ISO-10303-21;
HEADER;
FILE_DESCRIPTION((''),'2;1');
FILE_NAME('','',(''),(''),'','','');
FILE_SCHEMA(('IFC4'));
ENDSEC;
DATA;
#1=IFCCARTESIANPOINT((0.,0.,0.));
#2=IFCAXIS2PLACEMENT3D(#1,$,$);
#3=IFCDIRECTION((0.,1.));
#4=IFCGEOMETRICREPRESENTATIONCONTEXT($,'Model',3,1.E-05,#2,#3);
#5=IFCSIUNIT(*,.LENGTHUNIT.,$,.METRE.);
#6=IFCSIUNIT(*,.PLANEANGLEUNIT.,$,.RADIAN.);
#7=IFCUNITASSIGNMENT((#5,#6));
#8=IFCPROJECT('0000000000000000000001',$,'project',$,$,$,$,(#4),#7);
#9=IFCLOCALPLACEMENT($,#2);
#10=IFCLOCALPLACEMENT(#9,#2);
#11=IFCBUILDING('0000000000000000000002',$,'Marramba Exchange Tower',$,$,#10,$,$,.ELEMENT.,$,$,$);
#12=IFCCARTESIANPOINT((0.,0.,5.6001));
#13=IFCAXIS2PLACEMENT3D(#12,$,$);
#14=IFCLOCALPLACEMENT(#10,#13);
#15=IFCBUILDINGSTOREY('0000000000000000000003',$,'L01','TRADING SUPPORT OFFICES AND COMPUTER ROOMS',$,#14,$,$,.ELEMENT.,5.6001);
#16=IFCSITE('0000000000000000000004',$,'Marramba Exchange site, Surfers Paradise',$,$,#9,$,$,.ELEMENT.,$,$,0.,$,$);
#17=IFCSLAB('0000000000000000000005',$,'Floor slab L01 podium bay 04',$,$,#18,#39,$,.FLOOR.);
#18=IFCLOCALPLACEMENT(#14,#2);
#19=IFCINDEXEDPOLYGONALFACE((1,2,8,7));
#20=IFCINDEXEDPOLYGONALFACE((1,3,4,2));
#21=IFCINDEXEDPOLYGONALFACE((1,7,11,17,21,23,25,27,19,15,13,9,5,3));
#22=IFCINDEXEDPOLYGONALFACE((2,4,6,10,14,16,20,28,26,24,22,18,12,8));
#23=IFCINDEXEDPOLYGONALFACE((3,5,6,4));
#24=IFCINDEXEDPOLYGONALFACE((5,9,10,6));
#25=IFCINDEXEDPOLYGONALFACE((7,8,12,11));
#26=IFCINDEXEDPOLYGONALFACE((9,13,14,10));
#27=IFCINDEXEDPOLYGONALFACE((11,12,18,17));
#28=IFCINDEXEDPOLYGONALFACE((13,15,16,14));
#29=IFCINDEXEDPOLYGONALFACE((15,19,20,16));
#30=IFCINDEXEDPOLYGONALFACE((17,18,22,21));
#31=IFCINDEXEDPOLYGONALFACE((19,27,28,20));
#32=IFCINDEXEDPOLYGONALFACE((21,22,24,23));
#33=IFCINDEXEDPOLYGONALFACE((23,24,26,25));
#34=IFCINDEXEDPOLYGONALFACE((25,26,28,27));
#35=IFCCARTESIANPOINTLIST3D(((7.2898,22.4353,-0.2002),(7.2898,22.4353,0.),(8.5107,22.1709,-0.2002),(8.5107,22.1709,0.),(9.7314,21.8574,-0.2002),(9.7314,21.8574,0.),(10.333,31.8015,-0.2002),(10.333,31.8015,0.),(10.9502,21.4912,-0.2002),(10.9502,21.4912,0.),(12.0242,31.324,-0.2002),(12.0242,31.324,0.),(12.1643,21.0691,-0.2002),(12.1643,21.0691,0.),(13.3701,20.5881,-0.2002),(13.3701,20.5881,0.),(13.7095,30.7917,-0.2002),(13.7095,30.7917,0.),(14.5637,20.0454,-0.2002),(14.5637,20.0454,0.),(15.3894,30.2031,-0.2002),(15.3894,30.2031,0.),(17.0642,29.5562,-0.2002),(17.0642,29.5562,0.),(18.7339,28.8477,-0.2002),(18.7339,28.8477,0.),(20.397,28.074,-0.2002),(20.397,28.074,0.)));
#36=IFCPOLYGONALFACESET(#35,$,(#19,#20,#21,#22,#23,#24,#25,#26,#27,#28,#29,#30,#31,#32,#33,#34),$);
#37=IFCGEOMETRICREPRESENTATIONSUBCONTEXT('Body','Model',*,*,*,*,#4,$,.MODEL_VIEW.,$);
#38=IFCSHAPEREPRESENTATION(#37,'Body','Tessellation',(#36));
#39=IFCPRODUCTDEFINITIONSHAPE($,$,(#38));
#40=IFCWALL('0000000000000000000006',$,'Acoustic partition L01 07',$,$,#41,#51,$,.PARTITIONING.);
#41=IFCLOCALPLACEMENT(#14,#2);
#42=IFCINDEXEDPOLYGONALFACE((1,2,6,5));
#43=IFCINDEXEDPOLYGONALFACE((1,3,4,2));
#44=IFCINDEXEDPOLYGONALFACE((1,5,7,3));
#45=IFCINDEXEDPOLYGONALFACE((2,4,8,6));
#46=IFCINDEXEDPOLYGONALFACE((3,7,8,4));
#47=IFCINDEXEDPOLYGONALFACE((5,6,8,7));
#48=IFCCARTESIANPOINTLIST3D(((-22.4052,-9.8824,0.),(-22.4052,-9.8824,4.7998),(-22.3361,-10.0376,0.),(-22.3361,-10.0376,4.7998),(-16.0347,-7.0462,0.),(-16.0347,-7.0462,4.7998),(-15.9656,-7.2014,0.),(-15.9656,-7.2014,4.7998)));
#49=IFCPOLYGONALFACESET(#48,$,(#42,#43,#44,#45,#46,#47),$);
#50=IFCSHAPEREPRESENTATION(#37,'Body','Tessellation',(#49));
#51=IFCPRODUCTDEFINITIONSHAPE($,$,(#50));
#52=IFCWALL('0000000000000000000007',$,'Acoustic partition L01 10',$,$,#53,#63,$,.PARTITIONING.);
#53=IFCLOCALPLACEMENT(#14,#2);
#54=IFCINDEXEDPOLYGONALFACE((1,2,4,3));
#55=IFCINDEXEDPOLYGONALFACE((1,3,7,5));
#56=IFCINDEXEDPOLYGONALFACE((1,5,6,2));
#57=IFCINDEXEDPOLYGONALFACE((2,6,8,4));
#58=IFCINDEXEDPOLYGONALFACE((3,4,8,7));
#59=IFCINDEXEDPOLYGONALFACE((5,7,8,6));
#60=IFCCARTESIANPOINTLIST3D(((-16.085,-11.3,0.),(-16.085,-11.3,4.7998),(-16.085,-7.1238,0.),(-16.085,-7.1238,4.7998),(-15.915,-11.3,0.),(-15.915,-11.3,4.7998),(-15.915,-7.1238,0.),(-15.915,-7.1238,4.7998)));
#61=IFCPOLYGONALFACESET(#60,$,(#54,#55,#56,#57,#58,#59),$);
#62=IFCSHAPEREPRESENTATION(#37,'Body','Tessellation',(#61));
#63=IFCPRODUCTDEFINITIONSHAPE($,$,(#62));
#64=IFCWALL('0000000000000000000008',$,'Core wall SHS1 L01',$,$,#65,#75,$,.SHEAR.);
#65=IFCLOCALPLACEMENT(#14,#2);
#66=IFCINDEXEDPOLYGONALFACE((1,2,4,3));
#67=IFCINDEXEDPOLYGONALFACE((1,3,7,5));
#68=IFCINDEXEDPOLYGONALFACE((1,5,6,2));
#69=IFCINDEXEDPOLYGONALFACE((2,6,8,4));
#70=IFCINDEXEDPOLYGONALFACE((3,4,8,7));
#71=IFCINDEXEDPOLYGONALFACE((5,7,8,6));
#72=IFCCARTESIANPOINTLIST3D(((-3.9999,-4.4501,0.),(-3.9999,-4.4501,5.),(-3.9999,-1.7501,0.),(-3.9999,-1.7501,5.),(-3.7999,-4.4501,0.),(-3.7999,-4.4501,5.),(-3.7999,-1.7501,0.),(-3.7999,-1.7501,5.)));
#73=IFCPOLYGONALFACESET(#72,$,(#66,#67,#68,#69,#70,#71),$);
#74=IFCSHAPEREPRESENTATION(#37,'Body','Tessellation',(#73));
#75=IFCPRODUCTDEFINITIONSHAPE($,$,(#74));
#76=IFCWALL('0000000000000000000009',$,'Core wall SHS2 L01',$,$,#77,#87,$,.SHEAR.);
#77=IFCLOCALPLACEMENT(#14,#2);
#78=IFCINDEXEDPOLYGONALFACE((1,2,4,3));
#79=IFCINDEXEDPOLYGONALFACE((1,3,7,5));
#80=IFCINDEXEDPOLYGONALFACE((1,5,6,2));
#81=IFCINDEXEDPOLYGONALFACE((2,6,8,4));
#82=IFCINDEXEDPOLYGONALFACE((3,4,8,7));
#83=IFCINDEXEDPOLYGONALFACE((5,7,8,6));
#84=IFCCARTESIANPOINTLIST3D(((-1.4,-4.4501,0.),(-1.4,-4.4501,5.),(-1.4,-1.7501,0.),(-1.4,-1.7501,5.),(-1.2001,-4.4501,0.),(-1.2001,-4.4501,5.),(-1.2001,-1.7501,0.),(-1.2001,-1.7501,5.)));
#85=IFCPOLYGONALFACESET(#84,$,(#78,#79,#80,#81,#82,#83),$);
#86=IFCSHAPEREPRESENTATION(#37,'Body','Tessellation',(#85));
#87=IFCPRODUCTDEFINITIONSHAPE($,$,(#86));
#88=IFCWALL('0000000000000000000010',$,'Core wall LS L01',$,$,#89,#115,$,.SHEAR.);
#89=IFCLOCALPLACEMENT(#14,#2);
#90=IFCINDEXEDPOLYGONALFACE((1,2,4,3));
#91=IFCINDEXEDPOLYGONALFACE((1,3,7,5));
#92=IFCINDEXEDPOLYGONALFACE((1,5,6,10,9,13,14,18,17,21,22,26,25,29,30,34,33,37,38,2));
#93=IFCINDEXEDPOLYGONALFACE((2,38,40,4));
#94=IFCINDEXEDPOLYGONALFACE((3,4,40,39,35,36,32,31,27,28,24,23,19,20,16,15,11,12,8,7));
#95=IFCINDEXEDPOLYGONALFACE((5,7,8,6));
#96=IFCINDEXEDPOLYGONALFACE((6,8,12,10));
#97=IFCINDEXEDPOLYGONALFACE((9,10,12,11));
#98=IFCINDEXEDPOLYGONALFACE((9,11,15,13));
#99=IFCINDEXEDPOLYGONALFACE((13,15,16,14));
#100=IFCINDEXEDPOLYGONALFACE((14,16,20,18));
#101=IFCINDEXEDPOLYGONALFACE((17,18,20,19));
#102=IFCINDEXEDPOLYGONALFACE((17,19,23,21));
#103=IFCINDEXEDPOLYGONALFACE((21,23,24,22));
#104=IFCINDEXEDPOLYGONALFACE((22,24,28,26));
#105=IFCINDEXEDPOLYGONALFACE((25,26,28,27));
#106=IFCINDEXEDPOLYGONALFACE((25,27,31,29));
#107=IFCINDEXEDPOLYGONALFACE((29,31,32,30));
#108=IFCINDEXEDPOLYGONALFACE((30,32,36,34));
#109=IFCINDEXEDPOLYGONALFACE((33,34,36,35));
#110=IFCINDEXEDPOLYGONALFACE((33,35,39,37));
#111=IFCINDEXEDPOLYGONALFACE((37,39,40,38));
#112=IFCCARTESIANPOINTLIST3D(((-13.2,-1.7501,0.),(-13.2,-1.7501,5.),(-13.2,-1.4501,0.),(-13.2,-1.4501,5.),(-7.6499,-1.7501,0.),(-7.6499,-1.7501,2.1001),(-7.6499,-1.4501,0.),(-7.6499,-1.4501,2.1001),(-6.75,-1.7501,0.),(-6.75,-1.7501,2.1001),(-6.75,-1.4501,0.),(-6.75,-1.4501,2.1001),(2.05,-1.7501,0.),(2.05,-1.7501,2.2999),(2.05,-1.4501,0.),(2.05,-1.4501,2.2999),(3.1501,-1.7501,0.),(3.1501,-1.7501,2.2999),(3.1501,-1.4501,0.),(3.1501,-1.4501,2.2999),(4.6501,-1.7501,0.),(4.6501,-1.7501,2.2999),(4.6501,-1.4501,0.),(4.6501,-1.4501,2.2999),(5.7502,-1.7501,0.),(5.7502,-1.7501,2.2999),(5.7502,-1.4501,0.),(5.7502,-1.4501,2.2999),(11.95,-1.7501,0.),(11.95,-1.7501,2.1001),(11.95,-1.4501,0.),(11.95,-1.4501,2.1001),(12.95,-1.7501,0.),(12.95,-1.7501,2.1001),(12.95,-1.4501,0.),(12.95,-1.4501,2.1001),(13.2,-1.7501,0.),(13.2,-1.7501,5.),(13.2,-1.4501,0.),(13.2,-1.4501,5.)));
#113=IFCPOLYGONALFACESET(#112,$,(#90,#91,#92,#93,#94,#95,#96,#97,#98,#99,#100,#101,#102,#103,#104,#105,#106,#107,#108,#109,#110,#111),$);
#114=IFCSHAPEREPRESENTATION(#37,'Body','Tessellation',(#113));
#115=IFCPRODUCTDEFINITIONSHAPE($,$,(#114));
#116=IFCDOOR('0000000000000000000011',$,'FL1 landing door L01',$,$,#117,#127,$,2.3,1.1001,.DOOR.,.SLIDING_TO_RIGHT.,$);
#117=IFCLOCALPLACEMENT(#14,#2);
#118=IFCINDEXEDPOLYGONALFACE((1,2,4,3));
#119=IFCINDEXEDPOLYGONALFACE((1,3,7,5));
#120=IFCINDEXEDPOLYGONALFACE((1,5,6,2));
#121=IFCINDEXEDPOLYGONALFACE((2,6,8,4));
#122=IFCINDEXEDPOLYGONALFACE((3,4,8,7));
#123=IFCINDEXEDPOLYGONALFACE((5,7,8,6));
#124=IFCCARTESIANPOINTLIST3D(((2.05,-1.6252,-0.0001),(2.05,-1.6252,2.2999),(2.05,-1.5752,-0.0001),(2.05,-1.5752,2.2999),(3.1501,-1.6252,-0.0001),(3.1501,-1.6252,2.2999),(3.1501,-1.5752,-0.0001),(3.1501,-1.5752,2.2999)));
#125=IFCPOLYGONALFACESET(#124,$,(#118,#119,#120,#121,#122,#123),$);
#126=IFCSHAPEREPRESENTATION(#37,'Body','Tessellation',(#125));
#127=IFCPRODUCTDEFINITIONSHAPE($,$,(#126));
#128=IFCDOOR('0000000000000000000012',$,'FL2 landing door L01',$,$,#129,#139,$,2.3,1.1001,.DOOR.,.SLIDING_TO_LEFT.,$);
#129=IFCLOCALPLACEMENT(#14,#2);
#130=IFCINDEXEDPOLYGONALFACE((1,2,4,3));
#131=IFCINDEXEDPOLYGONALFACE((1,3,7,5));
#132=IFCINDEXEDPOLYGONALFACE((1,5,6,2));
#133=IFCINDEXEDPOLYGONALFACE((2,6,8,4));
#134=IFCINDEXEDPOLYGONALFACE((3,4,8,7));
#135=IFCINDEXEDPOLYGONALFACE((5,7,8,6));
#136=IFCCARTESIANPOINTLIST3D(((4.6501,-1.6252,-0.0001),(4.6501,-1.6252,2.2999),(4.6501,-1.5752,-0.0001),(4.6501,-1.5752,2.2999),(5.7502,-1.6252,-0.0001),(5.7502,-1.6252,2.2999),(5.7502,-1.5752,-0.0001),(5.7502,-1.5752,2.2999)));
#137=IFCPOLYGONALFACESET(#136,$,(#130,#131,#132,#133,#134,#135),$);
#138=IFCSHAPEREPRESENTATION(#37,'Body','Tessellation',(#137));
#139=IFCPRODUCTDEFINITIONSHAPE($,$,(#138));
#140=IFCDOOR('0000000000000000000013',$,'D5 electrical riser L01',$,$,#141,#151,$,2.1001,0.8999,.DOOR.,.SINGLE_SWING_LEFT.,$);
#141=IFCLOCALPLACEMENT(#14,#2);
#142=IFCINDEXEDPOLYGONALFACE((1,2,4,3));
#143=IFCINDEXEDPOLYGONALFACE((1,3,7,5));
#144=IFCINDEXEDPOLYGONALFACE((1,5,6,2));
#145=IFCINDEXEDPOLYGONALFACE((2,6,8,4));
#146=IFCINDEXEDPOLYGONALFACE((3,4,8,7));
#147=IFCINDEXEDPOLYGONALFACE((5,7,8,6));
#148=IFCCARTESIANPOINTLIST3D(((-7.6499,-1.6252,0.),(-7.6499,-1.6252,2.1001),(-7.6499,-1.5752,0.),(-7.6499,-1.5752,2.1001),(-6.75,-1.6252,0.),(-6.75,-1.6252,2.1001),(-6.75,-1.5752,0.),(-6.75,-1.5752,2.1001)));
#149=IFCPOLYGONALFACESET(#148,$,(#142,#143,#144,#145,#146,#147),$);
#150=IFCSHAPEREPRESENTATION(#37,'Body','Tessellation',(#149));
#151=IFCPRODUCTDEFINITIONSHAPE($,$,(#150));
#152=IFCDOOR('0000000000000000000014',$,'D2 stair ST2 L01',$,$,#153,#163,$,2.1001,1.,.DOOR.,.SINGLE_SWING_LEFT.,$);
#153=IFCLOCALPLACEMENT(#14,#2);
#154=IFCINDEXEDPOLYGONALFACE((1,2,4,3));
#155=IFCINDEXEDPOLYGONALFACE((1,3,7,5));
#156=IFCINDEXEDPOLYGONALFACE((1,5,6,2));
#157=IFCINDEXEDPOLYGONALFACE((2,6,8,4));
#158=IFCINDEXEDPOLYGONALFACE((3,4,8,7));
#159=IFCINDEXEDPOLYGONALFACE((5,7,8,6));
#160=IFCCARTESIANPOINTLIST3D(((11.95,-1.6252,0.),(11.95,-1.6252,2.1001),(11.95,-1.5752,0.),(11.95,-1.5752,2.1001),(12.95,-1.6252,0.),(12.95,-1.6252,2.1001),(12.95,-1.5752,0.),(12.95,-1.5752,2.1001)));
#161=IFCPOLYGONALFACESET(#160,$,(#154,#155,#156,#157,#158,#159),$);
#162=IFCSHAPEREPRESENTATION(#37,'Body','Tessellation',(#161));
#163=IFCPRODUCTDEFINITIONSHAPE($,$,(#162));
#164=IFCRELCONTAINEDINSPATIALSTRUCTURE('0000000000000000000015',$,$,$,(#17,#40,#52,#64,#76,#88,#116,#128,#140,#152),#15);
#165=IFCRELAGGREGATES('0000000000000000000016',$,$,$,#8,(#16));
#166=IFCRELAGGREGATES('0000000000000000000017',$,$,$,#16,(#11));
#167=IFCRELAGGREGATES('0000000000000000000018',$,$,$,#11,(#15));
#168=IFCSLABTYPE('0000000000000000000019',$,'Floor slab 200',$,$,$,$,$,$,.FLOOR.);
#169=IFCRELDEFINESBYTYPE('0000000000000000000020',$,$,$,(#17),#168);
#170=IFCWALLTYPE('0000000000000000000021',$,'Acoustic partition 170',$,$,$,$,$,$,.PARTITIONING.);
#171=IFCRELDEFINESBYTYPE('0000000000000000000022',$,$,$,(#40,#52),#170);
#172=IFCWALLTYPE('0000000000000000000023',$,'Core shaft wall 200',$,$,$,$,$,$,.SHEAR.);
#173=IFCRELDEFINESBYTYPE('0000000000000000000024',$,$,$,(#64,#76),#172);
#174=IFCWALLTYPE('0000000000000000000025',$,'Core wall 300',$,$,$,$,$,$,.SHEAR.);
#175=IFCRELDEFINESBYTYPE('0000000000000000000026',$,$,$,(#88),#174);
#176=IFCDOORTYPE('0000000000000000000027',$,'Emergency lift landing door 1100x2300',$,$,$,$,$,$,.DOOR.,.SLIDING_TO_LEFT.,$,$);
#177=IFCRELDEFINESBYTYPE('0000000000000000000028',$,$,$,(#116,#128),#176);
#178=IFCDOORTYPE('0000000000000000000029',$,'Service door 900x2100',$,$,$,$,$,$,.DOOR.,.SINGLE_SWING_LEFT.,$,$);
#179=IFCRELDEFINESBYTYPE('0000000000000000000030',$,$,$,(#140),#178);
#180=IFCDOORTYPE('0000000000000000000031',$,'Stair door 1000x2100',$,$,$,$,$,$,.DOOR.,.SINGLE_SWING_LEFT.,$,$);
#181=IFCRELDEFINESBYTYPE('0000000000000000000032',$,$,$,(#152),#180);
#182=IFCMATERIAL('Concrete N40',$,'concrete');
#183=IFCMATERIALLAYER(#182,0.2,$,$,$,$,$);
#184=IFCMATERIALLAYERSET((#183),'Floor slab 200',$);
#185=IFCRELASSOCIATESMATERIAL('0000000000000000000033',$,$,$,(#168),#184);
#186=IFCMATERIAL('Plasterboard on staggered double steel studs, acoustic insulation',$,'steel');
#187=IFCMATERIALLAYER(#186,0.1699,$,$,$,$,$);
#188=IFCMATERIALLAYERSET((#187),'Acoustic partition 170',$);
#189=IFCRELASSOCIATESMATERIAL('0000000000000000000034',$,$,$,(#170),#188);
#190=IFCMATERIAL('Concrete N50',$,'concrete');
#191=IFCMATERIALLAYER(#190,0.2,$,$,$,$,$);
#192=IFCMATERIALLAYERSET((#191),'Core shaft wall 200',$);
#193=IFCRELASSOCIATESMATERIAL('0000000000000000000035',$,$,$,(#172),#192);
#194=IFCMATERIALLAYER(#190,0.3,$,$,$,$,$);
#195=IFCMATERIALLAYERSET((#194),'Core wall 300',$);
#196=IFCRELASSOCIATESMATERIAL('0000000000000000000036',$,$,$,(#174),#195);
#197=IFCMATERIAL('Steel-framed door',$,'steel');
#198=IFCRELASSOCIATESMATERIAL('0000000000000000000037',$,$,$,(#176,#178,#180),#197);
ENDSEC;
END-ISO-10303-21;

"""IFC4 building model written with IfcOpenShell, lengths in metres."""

from ifc_helpers import new_model, si_unit, direction, frame, frame_2d, origin, place, context, subcontext, project, spatial, polyline, rectangle, outline, extrude, material, layer, layer_set, type_object, element, fill, save


model = new_model("IFC4")

# Units and contexts
model_context = context("Model", 3, precision=1e-05, world=origin(), true_north=direction((0.0, 1.0)))
body_context = subcontext(model_context, "Body", "Model", "MODEL_VIEW")
ifc_project = project(units=[si_unit("LENGTHUNIT", "METRE"), si_unit("PLANEANGLEUNIT", "RADIAN")], contexts=[model_context])

# Site, building, storey
site_placement = place(None, origin())
site = spatial("IfcSite", under=ifc_project, at=site_placement, Name="Marramba Exchange site, Surfers Paradise", CompositionType="ELEMENT", RefElevation=0.0)
building_placement = place(site_placement, origin())
building = spatial("IfcBuilding", under=site, at=building_placement, Name="Marramba Exchange Tower", CompositionType="ELEMENT")
storey_placement = place(building_placement, frame((0.0, 0.0, 5.6001)))
storey = spatial("IfcBuildingStorey", under=building, at=storey_placement, Name="L01", Description="TRADING SUPPORT OFFICES AND COMPUTER ROOMS", CompositionType="ELEMENT", Elevation=5.6001)

# Slab
ifc_material_1 = material(Name="Concrete N40", Category="concrete")
ifc_layer_1 = layer(ifc_material_1, 0.2)
ifc_layer_set_1 = layer_set([ifc_layer_1], Name="Floor slab 200")
slab_type = type_object("IfcSlabType", Name="Floor slab 200", PredefinedType="FLOOR", material=ifc_layer_set_1)
slab_1_placement = place(storey_placement, frame((0.0, 0.0, -0.2002)))
element("IfcSlab", 1, at=slab_1_placement, inside=storey, type_object=slab_type, Name="Floor slab L01 podium bay 04", PredefinedType="FLOOR", context=body_context, shape_type="SweptSolid", body=[
    extrude(outline(polyline([(12.0242, 31.324), (13.7095, 30.7917), (15.3894, 30.2031), (17.0642, 29.5562), (18.7339, 28.8477), (20.397, 28.074), (14.5637, 20.0454), (13.3701, 20.5881), (12.1643, 21.0691), (10.9502, 21.4912), (9.7314, 21.8574), (8.5107, 22.1709), (7.2898, 22.4353), (10.333, 31.8015), (12.0242, 31.324)])), origin(), (0.0, 0.0, 1.0), 0.2002),
])

# Walls
ifc_material_2 = material(Name="Plasterboard on staggered double steel studs, acoustic insulation", Category="steel")
ifc_layer_2 = layer(ifc_material_2, 0.1699)
ifc_layer_set_2 = layer_set([ifc_layer_2], Name="Acoustic partition 170")
wall_type_1 = type_object("IfcWallType", Name="Acoustic partition 170", PredefinedType="PARTITIONING", material=ifc_layer_set_2)
wall_1_placement = place(storey_placement, frame((-16.0, -7.1238, 0.0), z_axis=(0.0, 0.0, 1.0), x_axis=(-0.913556, -0.406713, 0.0)))
element("IfcWall", 2, at=wall_1_placement, inside=storey, type_object=wall_type_1, Name="Acoustic partition L01 07", PredefinedType="PARTITIONING", context=body_context, shape_type="SweptSolid", body=[
    extrude(rectangle(XDim=6.9734, YDim=0.1699, at=frame_2d((3.4868, 0.0))), origin(), (0.0, 0.0, 1.0), 4.7998),
])
wall_2_placement = place(storey_placement, frame((-16.0, -7.1238, 0.0), z_axis=(0.0, 0.0, 1.0), x_axis=(0.0, -1.0, 0.0)))
element("IfcWall", 3, at=wall_2_placement, inside=storey, type_object=wall_type_1, Name="Acoustic partition L01 10", PredefinedType="PARTITIONING", context=body_context, shape_type="SweptSolid", body=[
    extrude(rectangle(XDim=4.1763, YDim=0.1699, at=frame_2d((2.0881, 0.0))), origin(), (0.0, 0.0, 1.0), 4.7998),
])
ifc_material_3 = material(Name="Concrete N50", Category="concrete")
ifc_layer_3 = layer(ifc_material_3, 0.2)
ifc_layer_set_3 = layer_set([ifc_layer_3], Name="Core shaft wall 200")
wall_type_2 = type_object("IfcWallType", Name="Core shaft wall 200", PredefinedType="SHEAR", material=ifc_layer_set_3)
for number, where, z_axis, x_axis, name in (
    (4, (-3.8999, -1.75, 0.0), (0.0, 0.0, 1.0), (0.0, -1.0, 0.0), "Core wall SHS1 L01"),
    (5, (-1.3, -1.75, 0.0), (0.0, 0.0, 1.0), (0.0, -1.0, 0.0), "Core wall SHS2 L01"),
):
    element("IfcWall", number, at=place(storey_placement, frame(where, z_axis=z_axis, x_axis=x_axis)), inside=storey, type_object=wall_type_2, Name=name, PredefinedType="SHEAR", context=body_context, shape_type="SweptSolid", body=[
        extrude(rectangle(XDim=2.7, YDim=0.2, at=frame_2d((1.3501, 0.0))), origin(), (0.0, 0.0, 1.0), 5.0),
    ])

# Wall, openings, doors
ifc_layer_4 = layer(ifc_material_3, 0.3)
ifc_layer_set_4 = layer_set([ifc_layer_4], Name="Core wall 300")
wall_type_3 = type_object("IfcWallType", Name="Core wall 300", PredefinedType="SHEAR", material=ifc_layer_set_4)
wall_3_placement = place(storey_placement, frame((-13.2, -1.6001, 0.0), z_axis=(0.0, 0.0, 1.0), x_axis=(1.0, 0.0, 0.0)))
wall_3 = element("IfcWall", 6, at=wall_3_placement, inside=storey, type_object=wall_type_3, Name="Core wall LS L01", PredefinedType="SHEAR", context=body_context, shape_type="SweptSolid", body=[
    extrude(rectangle(XDim=26.3999, YDim=0.3, at=frame_2d((13.2, 0.0))), origin(), (0.0, 0.0, 1.0), 5.0),
])
opening_1_placement = place(wall_3_placement, frame((25.1499, 0.0, 0.0)))
opening_1 = element("IfcOpeningElement", 7, at=opening_1_placement, cuts=wall_3, PredefinedType="OPENING", context=body_context, shape_type="SweptSolid", body=[
    extrude(rectangle(XDim=1.0, YDim=2.1001, at=frame_2d((0.5, 1.05))), frame((0.0, 0.1599, 0.0), z_axis=(0.0, -1.0, 0.0), x_axis=(1.0, 0.0, 0.0)), (0.0, 0.0, 1.0), 0.3201),
])
opening_2_placement = place(wall_3_placement, frame((15.25, 0.0, 0.0)))
opening_2 = element("IfcOpeningElement", 8, at=opening_2_placement, cuts=wall_3, PredefinedType="OPENING", context=body_context, shape_type="SweptSolid", body=[
    extrude(rectangle(XDim=1.1001, YDim=2.3, at=frame_2d((0.55, 1.1499))), frame((0.0, 0.1599, 0.0), z_axis=(0.0, -1.0, 0.0), x_axis=(1.0, 0.0, 0.0)), (0.0, 0.0, 1.0), 0.3201),
])
opening_3_placement = place(wall_3_placement, frame((17.8501, 0.0, 0.0)))
opening_3 = element("IfcOpeningElement", 9, at=opening_3_placement, cuts=wall_3, PredefinedType="OPENING", context=body_context, shape_type="SweptSolid", body=[
    extrude(rectangle(XDim=1.1001, YDim=2.3, at=frame_2d((0.55, 1.1499))), frame((0.0, 0.1599, 0.0), z_axis=(0.0, -1.0, 0.0), x_axis=(1.0, 0.0, 0.0)), (0.0, 0.0, 1.0), 0.3201),
])
opening_4_placement = place(wall_3_placement, frame((5.55, 0.0, 0.0)))
opening_4 = element("IfcOpeningElement", 10, at=opening_4_placement, cuts=wall_3, PredefinedType="OPENING", context=body_context, shape_type="SweptSolid", body=[
    extrude(rectangle(XDim=0.8999, YDim=2.1001, at=frame_2d((0.45, 1.05))), frame((0.0, 0.1599, 0.0), z_axis=(0.0, -1.0, 0.0), x_axis=(1.0, 0.0, 0.0)), (0.0, 0.0, 1.0), 0.3201),
])
ifc_material_4 = material(Name="Steel-framed door", Category="steel")
door_type_1 = type_object("IfcDoorType", Name="Emergency lift landing door 1100x2300", OperationType="SLIDING_TO_LEFT", PredefinedType="DOOR", material=ifc_material_4)
door_1_placement = place(opening_2_placement, frame((1.1001, 0.0, 0.0), z_axis=(0.0, 0.0, 1.0), x_axis=(-1.0, 0.0, 0.0)))
door_1 = element("IfcDoor", 11, at=door_1_placement, inside=storey, type_object=door_type_1, Name="FL1 landing door L01", OperationType="SLIDING_TO_RIGHT", OverallHeight=2.3, OverallWidth=1.1001, PredefinedType="DOOR", context=body_context, shape_type="SweptSolid", body=[
    extrude(rectangle(XDim=1.1001, YDim=2.3, at=frame_2d((0.55, 1.1499))), frame((0.0, 0.0251, 0.0), z_axis=(0.0, -1.0, 0.0), x_axis=(1.0, 0.0, 0.0)), (0.0, 0.0, 1.0), 0.05),
])
fill(opening_2, door_1)
door_2_placement = place(opening_3_placement, frame((1.1001, 0.0, 0.0), z_axis=(0.0, 0.0, 1.0), x_axis=(-1.0, 0.0, 0.0)))
door_2 = element("IfcDoor", 12, at=door_2_placement, inside=storey, type_object=door_type_1, Name="FL2 landing door L01", OperationType="SLIDING_TO_LEFT", OverallHeight=2.3, OverallWidth=1.1001, PredefinedType="DOOR", context=body_context, shape_type="SweptSolid", body=[
    extrude(rectangle(XDim=1.1001, YDim=2.3, at=frame_2d((0.55, 1.1499))), frame((0.0, 0.0251, 0.0), z_axis=(0.0, -1.0, 0.0), x_axis=(1.0, 0.0, 0.0)), (0.0, 0.0, 1.0), 0.05),
])
fill(opening_3, door_2)
door_type_2 = type_object("IfcDoorType", Name="Service door 900x2100", OperationType="SINGLE_SWING_LEFT", PredefinedType="DOOR", material=ifc_material_4)
door_3_placement = place(opening_4_placement, frame((0.8999, 0.0, 0.0), z_axis=(0.0, 0.0, 1.0), x_axis=(-1.0, 0.0, 0.0)))
door_3 = element("IfcDoor", 13, at=door_3_placement, inside=storey, type_object=door_type_2, Name="D5 electrical riser L01", OperationType="SINGLE_SWING_LEFT", OverallHeight=2.1001, OverallWidth=0.8999, PredefinedType="DOOR", context=body_context, shape_type="SweptSolid", body=[
    extrude(rectangle(XDim=0.8999, YDim=2.1001, at=frame_2d((0.45, 1.05))), frame((0.0, 0.0251, 0.0), z_axis=(0.0, -1.0, 0.0), x_axis=(1.0, 0.0, 0.0)), (0.0, 0.0, 1.0), 0.05),
])
fill(opening_4, door_3)
door_type_3 = type_object("IfcDoorType", Name="Stair door 1000x2100", OperationType="SINGLE_SWING_LEFT", PredefinedType="DOOR", material=ifc_material_4)
door_4_placement = place(opening_1_placement, frame((1.0, 0.0, 0.0), z_axis=(0.0, 0.0, 1.0), x_axis=(-1.0, 0.0, 0.0)))
door_4 = element("IfcDoor", 14, at=door_4_placement, inside=storey, type_object=door_type_3, Name="D2 stair ST2 L01", OperationType="SINGLE_SWING_LEFT", OverallHeight=2.1001, OverallWidth=1.0, PredefinedType="DOOR", context=body_context, shape_type="SweptSolid", body=[
    extrude(rectangle(XDim=1.0, YDim=2.1001, at=frame_2d((0.5, 1.05))), frame((0.0, 0.0251, 0.0), z_axis=(0.0, -1.0, 0.0), x_axis=(1.0, 0.0, 0.0)), (0.0, 0.0, 1.0), 0.05),
])
fill(opening_1, door_4)

save(model, "model.ifc")
